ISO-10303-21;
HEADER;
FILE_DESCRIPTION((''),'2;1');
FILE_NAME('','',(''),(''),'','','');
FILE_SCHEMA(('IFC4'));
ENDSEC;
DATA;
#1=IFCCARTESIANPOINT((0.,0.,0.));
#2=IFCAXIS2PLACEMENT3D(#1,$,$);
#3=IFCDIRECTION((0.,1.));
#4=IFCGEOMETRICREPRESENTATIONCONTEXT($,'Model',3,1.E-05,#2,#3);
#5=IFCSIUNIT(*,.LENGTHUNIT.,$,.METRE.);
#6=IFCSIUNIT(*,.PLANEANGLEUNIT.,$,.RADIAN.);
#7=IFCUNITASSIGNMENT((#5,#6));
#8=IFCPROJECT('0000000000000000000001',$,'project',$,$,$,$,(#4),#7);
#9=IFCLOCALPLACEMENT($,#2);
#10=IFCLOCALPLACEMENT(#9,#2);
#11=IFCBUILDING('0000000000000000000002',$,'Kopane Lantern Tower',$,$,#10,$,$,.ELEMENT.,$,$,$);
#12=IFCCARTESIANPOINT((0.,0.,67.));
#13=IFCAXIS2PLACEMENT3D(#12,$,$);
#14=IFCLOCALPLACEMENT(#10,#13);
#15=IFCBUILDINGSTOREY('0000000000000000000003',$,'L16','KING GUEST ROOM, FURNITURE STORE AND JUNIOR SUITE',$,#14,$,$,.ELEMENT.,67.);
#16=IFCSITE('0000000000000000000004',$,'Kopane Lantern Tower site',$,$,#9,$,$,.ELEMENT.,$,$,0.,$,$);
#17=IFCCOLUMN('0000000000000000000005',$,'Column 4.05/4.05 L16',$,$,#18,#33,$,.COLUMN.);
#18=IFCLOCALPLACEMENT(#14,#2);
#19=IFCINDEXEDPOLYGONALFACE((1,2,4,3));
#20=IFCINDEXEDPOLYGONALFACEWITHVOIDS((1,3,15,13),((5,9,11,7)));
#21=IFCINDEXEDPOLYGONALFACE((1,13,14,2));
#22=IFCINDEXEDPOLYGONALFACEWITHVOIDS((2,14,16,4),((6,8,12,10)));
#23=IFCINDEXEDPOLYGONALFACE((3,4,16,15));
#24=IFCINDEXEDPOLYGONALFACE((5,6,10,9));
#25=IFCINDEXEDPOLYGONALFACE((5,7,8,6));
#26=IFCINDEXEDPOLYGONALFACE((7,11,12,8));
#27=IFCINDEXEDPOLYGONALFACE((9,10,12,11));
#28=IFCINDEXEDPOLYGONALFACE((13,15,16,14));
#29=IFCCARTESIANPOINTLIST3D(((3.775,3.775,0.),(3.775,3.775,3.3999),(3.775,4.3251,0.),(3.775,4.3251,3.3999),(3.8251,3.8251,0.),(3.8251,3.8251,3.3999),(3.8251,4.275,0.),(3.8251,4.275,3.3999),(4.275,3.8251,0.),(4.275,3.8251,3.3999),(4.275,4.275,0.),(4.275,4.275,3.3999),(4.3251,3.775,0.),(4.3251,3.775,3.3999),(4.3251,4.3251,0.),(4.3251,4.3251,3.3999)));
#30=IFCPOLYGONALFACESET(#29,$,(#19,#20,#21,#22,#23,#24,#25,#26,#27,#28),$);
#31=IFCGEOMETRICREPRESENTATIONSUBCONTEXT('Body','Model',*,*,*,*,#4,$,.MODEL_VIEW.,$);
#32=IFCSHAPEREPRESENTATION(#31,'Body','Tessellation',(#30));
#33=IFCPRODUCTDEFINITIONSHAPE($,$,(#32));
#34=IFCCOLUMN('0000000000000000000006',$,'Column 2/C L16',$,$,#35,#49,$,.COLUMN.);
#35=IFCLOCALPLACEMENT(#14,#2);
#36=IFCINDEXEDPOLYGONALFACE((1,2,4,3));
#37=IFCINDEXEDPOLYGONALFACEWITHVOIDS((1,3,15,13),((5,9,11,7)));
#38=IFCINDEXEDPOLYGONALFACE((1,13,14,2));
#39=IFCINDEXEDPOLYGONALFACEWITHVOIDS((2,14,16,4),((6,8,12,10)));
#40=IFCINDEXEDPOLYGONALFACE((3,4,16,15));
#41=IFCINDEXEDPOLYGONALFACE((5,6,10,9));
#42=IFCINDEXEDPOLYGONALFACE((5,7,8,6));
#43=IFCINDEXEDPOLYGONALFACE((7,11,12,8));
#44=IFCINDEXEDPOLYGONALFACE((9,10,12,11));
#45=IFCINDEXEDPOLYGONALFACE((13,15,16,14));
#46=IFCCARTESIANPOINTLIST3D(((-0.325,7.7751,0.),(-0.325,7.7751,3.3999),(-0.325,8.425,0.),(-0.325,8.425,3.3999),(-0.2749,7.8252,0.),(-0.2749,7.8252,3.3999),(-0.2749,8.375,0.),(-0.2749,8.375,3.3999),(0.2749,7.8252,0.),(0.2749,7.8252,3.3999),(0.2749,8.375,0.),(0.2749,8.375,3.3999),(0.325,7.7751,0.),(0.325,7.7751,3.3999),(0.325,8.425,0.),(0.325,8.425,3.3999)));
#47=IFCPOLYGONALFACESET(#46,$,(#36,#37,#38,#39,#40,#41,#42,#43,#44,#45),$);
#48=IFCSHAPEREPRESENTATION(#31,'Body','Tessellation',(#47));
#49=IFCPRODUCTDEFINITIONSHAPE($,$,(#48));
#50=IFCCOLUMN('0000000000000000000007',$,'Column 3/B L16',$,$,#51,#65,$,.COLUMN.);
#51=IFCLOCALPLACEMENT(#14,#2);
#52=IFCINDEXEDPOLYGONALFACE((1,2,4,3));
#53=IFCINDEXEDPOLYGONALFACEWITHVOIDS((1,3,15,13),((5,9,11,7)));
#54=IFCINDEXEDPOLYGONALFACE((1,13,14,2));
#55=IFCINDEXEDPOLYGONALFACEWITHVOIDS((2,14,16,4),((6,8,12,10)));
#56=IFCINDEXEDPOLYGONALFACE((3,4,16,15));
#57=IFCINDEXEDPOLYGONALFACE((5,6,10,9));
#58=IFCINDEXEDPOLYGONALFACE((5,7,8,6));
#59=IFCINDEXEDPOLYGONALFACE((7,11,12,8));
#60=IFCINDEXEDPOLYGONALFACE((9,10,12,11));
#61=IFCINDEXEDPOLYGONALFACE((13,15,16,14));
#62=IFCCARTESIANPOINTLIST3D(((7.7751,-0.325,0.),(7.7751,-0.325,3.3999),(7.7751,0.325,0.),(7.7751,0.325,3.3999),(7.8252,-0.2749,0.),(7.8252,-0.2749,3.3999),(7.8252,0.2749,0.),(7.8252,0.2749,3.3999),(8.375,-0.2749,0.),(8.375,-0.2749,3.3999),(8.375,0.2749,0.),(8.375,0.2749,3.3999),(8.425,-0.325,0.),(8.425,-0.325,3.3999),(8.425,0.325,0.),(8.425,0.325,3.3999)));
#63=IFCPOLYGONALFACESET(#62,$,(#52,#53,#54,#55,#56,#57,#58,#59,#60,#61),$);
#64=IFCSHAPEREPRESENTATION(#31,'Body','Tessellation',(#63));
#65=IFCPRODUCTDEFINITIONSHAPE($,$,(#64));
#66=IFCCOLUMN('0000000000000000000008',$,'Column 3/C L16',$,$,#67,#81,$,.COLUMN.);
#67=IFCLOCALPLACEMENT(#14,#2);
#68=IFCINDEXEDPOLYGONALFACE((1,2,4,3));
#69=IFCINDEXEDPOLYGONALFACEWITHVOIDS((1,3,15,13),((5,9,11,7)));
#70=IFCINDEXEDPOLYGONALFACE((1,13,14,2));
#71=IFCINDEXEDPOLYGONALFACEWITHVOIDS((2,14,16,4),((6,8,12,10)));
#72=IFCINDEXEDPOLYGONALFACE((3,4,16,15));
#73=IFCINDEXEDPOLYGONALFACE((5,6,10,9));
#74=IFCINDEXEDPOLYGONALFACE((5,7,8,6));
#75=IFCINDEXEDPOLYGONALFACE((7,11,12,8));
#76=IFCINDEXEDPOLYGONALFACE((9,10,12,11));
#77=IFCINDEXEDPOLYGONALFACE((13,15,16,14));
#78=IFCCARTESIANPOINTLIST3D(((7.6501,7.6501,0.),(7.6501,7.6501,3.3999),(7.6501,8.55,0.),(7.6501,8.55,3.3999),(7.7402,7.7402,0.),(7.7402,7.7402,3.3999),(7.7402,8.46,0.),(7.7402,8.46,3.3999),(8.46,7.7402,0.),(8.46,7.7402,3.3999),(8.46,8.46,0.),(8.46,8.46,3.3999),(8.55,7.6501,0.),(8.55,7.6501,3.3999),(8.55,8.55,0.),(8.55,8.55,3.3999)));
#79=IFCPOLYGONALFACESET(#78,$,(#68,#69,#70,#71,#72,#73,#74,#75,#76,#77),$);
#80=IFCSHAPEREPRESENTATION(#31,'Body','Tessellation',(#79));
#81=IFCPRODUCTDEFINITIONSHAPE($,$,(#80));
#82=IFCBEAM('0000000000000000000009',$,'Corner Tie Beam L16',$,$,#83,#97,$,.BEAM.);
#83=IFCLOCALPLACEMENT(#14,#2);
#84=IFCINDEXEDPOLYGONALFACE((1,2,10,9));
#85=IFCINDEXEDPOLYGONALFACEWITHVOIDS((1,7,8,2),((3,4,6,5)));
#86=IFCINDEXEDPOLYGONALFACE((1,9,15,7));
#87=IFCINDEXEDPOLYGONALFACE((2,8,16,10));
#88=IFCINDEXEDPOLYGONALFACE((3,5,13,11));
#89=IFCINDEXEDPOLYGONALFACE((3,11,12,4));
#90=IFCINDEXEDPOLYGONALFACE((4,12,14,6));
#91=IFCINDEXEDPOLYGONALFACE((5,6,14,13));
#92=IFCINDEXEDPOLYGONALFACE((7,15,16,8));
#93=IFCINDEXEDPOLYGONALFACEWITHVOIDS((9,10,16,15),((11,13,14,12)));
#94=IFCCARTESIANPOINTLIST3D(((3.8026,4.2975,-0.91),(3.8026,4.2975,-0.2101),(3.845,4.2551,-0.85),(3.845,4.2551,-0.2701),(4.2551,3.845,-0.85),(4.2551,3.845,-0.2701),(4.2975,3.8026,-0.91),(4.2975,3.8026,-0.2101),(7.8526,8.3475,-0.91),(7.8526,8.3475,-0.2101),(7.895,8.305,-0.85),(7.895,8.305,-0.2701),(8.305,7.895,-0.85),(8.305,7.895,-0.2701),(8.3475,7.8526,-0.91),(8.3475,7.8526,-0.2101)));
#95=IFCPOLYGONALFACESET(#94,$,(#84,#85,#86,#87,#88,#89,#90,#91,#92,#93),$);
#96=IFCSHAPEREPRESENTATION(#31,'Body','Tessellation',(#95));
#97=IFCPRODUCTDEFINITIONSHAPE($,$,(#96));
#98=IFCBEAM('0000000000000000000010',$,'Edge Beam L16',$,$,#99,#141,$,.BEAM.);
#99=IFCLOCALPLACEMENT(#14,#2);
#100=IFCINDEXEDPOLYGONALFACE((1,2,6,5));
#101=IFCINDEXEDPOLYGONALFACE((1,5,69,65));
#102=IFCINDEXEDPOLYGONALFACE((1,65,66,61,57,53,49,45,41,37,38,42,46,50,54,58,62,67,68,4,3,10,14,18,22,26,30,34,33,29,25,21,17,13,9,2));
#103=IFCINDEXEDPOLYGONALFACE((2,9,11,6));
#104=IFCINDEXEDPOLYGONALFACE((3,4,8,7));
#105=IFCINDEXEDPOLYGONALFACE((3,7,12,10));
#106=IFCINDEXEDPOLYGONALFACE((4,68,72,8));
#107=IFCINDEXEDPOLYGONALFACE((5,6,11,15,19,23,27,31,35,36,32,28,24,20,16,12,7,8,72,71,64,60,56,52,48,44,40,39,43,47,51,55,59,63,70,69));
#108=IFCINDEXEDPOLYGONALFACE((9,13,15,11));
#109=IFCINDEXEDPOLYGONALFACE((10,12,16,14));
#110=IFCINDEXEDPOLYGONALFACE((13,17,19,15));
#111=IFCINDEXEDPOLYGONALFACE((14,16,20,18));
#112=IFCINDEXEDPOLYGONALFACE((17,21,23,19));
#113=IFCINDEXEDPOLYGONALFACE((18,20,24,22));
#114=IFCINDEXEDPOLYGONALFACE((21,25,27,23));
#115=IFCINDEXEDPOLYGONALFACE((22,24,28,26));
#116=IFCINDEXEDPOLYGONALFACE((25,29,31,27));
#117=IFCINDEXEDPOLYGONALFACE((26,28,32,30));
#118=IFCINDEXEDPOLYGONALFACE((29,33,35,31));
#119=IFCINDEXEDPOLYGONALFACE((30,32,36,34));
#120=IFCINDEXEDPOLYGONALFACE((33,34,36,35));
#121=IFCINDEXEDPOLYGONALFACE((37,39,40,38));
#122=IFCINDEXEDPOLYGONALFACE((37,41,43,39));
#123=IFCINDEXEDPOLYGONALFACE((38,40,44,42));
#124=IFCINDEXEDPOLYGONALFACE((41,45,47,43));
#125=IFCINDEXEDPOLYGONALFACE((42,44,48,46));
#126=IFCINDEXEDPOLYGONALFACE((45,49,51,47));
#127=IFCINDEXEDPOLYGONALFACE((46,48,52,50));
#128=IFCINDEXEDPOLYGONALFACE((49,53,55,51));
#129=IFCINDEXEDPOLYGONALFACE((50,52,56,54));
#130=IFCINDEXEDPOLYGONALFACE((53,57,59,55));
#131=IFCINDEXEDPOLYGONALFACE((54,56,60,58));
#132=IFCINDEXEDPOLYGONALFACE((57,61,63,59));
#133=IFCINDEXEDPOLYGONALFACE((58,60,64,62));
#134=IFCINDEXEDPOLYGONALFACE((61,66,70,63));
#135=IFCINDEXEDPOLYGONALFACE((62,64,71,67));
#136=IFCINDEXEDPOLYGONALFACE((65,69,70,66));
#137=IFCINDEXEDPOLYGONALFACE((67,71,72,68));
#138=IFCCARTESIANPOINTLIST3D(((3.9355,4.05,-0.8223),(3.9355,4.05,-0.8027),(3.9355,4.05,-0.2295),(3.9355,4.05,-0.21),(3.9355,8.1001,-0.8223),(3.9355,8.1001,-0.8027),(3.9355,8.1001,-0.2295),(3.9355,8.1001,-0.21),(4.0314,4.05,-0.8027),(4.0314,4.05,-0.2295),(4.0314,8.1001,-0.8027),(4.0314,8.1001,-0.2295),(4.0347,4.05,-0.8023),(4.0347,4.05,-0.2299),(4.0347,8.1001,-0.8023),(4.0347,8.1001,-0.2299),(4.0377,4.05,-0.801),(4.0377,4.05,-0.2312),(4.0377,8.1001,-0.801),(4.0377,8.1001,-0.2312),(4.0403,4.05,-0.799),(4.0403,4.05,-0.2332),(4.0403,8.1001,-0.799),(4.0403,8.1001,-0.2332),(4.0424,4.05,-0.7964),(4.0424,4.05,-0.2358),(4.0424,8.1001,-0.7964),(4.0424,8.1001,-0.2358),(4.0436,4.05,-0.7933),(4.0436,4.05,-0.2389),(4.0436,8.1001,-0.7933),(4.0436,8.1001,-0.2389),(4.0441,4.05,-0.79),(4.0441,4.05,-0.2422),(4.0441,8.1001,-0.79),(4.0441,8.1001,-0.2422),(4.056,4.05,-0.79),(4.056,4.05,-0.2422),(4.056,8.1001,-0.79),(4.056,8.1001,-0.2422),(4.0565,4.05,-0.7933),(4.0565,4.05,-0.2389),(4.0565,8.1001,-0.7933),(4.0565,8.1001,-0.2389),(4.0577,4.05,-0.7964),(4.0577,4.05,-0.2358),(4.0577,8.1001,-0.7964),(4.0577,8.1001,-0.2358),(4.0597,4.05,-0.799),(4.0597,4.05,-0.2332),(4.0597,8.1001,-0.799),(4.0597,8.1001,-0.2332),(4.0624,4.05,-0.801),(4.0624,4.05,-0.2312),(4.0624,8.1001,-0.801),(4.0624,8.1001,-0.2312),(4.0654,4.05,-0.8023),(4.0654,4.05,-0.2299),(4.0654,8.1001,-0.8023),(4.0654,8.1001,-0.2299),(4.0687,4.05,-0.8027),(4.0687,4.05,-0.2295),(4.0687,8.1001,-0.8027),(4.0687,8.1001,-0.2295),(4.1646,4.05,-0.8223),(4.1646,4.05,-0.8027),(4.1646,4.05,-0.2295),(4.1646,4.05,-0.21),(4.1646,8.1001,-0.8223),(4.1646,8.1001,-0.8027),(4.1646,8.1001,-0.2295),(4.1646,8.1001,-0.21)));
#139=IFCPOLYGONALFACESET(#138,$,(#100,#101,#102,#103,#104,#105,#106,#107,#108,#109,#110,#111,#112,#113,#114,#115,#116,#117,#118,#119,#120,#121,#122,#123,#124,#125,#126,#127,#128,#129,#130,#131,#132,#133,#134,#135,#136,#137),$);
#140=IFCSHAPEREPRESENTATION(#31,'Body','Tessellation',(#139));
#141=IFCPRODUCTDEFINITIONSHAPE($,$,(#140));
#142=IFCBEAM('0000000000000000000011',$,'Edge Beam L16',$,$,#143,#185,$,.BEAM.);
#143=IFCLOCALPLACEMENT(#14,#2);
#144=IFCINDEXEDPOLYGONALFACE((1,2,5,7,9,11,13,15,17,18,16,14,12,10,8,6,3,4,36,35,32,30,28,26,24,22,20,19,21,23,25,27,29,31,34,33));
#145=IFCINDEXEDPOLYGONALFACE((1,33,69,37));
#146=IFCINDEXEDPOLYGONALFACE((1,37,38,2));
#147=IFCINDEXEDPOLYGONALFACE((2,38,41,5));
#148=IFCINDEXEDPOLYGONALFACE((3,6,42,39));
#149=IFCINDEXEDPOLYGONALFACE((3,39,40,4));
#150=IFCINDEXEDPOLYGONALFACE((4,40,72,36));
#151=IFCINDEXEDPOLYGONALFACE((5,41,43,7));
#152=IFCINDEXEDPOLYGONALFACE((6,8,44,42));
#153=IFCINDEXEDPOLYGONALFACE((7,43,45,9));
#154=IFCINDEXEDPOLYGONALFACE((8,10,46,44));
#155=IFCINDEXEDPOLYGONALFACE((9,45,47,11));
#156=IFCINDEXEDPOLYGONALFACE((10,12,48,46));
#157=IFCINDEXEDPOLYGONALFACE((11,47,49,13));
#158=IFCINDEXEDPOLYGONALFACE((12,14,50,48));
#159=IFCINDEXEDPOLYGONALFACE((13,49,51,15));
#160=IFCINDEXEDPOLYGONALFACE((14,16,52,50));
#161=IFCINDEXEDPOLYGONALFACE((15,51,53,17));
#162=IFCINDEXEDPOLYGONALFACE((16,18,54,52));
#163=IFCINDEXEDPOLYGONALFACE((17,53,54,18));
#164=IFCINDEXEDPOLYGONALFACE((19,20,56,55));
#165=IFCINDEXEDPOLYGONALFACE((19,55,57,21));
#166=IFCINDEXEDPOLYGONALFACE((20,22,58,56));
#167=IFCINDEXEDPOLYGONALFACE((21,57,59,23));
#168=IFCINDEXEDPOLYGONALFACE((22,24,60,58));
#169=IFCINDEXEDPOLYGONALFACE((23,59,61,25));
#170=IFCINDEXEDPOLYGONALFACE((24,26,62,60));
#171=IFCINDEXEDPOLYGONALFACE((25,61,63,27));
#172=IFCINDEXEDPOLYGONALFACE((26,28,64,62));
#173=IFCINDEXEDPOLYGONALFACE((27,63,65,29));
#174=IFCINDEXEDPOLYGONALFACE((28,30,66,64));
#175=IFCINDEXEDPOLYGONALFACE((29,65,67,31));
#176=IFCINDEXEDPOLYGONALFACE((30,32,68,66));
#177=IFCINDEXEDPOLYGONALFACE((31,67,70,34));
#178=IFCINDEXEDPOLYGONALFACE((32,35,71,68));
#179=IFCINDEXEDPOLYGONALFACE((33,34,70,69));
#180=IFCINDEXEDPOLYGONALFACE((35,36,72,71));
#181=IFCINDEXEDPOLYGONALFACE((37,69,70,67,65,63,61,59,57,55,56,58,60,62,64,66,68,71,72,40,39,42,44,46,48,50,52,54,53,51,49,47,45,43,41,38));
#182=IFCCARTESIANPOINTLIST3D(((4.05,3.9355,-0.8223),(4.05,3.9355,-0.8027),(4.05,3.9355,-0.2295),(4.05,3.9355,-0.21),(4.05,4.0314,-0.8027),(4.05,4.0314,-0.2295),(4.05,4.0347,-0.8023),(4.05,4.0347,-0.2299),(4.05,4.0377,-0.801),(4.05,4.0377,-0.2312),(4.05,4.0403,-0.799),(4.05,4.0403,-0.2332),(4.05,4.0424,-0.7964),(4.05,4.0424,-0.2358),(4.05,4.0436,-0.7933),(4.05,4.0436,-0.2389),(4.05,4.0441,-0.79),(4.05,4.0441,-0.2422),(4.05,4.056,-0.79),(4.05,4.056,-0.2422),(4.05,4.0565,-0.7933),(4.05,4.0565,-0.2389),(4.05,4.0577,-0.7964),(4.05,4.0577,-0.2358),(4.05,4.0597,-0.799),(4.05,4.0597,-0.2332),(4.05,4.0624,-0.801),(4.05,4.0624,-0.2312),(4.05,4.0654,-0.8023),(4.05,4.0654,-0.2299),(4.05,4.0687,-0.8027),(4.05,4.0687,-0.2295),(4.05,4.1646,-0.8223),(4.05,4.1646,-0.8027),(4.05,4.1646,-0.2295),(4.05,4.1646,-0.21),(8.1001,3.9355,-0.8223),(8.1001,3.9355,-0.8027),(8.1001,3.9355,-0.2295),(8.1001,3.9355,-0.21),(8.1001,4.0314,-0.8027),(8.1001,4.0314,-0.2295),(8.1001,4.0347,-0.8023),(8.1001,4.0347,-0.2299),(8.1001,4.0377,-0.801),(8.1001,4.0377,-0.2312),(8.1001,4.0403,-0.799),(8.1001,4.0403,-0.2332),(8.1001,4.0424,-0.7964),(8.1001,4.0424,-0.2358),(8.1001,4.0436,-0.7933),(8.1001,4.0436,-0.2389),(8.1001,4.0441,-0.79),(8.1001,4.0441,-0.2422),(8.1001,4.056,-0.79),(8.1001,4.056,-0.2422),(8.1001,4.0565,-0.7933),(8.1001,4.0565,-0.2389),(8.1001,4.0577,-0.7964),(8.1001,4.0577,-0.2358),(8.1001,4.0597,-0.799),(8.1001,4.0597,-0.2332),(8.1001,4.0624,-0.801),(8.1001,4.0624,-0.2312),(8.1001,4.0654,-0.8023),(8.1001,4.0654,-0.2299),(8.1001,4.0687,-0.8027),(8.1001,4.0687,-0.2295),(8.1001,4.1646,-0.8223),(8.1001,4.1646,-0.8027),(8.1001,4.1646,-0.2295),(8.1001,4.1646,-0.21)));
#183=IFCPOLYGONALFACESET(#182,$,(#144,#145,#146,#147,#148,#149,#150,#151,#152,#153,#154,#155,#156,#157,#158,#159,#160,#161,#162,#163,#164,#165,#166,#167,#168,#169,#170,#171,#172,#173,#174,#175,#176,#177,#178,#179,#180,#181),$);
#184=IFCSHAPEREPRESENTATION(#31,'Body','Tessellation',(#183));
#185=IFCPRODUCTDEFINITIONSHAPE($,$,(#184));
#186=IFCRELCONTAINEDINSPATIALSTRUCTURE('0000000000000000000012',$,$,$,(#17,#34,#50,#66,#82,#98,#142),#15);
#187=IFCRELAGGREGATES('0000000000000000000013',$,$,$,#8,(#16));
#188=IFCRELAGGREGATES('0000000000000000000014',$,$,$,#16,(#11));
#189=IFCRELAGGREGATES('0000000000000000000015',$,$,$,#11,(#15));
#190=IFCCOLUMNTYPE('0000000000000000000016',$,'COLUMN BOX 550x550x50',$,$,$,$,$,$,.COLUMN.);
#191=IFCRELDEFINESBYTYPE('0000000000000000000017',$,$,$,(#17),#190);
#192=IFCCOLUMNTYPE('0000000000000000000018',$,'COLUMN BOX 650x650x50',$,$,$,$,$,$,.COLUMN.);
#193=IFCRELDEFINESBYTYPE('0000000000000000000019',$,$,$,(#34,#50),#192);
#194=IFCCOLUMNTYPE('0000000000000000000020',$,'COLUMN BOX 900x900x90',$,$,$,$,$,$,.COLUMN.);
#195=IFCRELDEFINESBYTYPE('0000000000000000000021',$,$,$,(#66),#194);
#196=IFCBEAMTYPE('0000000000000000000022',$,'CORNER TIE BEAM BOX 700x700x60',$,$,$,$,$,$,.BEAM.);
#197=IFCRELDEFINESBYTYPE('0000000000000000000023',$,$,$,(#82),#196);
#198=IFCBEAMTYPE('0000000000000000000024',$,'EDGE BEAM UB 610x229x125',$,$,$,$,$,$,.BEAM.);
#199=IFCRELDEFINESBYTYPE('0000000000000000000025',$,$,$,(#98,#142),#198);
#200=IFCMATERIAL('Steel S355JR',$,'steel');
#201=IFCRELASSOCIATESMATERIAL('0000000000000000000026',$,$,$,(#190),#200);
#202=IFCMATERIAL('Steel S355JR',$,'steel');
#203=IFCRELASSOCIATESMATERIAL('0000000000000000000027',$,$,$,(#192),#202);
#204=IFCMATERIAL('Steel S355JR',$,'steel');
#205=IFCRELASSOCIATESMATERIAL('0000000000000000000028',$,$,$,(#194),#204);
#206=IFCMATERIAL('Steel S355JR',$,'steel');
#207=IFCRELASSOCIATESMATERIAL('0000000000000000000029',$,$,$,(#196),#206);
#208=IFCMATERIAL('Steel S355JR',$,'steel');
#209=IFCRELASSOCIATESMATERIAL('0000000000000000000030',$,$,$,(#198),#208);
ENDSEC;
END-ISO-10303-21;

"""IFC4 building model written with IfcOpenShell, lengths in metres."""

from ifc_helpers import new_model, si_unit, direction, frame, origin, origin_2d, place, context, subcontext, project, spatial, hollow_rectangle, i_section, extrude, material, material_profile, profile_set, type_object, element, save


model = new_model("IFC4")

# Units and contexts
model_context = context("Model", 3, precision=1e-05, world=origin(), true_north=direction((0.0, 1.0)))
body_context = subcontext(model_context, "Body", "Model", "MODEL_VIEW")
ifc_project = project(units=[si_unit("LENGTHUNIT", "METRE"), si_unit("PLANEANGLEUNIT", "RADIAN")], contexts=[model_context])

# Site, building, storey
site_placement = place(None, origin())
site = spatial("IfcSite", under=ifc_project, at=site_placement, Name="Kopane Lantern Tower site", CompositionType="ELEMENT", RefElevation=0.0)
building_placement = place(site_placement, origin())
building = spatial("IfcBuilding", under=site, at=building_placement, Name="Kopane Lantern Tower", CompositionType="ELEMENT")
storey_placement = place(building_placement, frame((0.0, 0.0, 67.0)))
storey = spatial("IfcBuildingStorey", under=building, at=storey_placement, Name="L16", Description="KING GUEST ROOM, FURNITURE STORE AND JUNIOR SUITE", CompositionType="ELEMENT", Elevation=67.0)

# Columns
ifc_material_1 = material(Name="Steel S355JR", Category="steel")
ifc_material_profile_1 = material_profile(ifc_material_1, hollow_rectangle(XDim=0.55, YDim=0.55, WallThickness=0.05, at=origin_2d()), Name="BOX 550x550x50")
ifc_profile_set_1 = profile_set([ifc_material_profile_1], Name="Steel S355JR")
column_type_1 = type_object("IfcColumnType", Name="COLUMN BOX 550x550x50", PredefinedType="COLUMN", material=ifc_profile_set_1)
column_1_placement = place(storey_placement, frame((4.05, 4.05, 0.0), z_axis=(0.0, 0.0, 1.0), x_axis=(1.0, 0.0, 0.0)))
element("IfcColumn", 1, at=column_1_placement, inside=storey, type_object=column_type_1, Name="Column 4.05/4.05 L16", PredefinedType="COLUMN", context=body_context, shape_type="SweptSolid", body=[
    extrude(hollow_rectangle(XDim=0.55, YDim=0.55, WallThickness=0.05, at=origin_2d()), origin(), (0.0, 0.0, 1.0), 3.3999),
])
ifc_material_2 = material(Name="Steel S355JR", Category="steel")
ifc_material_profile_2 = material_profile(ifc_material_2, hollow_rectangle(XDim=0.6499, YDim=0.6499, WallThickness=0.05, at=origin_2d()), Name="BOX 650x650x50")
ifc_profile_set_2 = profile_set([ifc_material_profile_2], Name="Steel S355JR")
column_type_2 = type_object("IfcColumnType", Name="COLUMN BOX 650x650x50", PredefinedType="COLUMN", material=ifc_profile_set_2)
for number, where, z_axis, x_axis, name in (
    (2, (0.0, 8.1001, 0.0), (0.0, 0.0, 1.0), (1.0, 0.0, 0.0), "Column 2/C L16"),
    (3, (8.1001, 0.0, 0.0), (0.0, 0.0, 1.0), (1.0, 0.0, 0.0), "Column 3/B L16"),
):
    element("IfcColumn", number, at=place(storey_placement, frame(where, z_axis=z_axis, x_axis=x_axis)), inside=storey, type_object=column_type_2, Name=name, PredefinedType="COLUMN", context=body_context, shape_type="SweptSolid", body=[
        extrude(hollow_rectangle(XDim=0.6499, YDim=0.6499, WallThickness=0.05, at=origin_2d()), origin(), (0.0, 0.0, 1.0), 3.3999),
    ])
ifc_material_3 = material(Name="Steel S355JR", Category="steel")
ifc_material_profile_3 = material_profile(ifc_material_3, hollow_rectangle(XDim=0.8999, YDim=0.8999, WallThickness=0.0901, at=origin_2d()), Name="BOX 900x900x90")
ifc_profile_set_3 = profile_set([ifc_material_profile_3], Name="Steel S355JR")
column_type_3 = type_object("IfcColumnType", Name="COLUMN BOX 900x900x90", PredefinedType="COLUMN", material=ifc_profile_set_3)
column_2_placement = place(storey_placement, frame((8.1001, 8.1001, 0.0), z_axis=(0.0, 0.0, 1.0), x_axis=(1.0, 0.0, 0.0)))
element("IfcColumn", 4, at=column_2_placement, inside=storey, type_object=column_type_3, Name="Column 3/C L16", PredefinedType="COLUMN", context=body_context, shape_type="SweptSolid", body=[
    extrude(hollow_rectangle(XDim=0.8999, YDim=0.8999, WallThickness=0.0901, at=origin_2d()), origin(), (0.0, 0.0, 1.0), 3.3999),
])

# Beams
ifc_material_4 = material(Name="Steel S355JR", Category="steel")
ifc_material_profile_4 = material_profile(ifc_material_4, hollow_rectangle(XDim=0.7, YDim=0.7, WallThickness=0.0601, at=origin_2d()), Name="BOX 700x700x60")
ifc_profile_set_4 = profile_set([ifc_material_profile_4], Name="Steel S355JR")
beam_type_1 = type_object("IfcBeamType", Name="CORNER TIE BEAM BOX 700x700x60", PredefinedType="BEAM", material=ifc_profile_set_4)
beam_1_placement = place(storey_placement, frame((4.05, 4.05, -0.5601), z_axis=(0.707107, 0.707107, 0.0), x_axis=(-0.707107, 0.707107, 0.0)))
element("IfcBeam", 5, at=beam_1_placement, inside=storey, type_object=beam_type_1, Name="Corner Tie Beam L16", PredefinedType="BEAM", context=body_context, shape_type="SweptSolid", body=[
    extrude(hollow_rectangle(XDim=0.7, YDim=0.7, WallThickness=0.0601, at=origin_2d()), origin(), (0.0, 0.0, 1.0), 5.7275),
])
ifc_material_5 = material(Name="Steel S355JR", Category="steel")
ifc_material_profile_5 = material_profile(ifc_material_5, i_section(OverallWidth=0.229, OverallDepth=0.6123, WebThickness=0.012, FlangeThickness=0.0195, FilletRadius=0.0127, at=origin_2d()), Name="UB 610x229x125")
ifc_profile_set_5 = profile_set([ifc_material_profile_5], Name="Steel S355JR")
beam_type_2 = type_object("IfcBeamType", Name="EDGE BEAM UB 610x229x125", PredefinedType="BEAM", material=ifc_profile_set_5)
for number, where, z_axis, x_axis, name in (
    (6, (4.05, 4.05, -0.5161), (0.0, 1.0, 0.0), (-1.0, 0.0, 0.0), "Edge Beam L16"),
    (7, (4.05, 4.05, -0.5161), (1.0, 0.0, 0.0), (0.0, 1.0, 0.0), "Edge Beam L16"),
):
    element("IfcBeam", number, at=place(storey_placement, frame(where, z_axis=z_axis, x_axis=x_axis)), inside=storey, type_object=beam_type_2, Name=name, PredefinedType="BEAM", context=body_context, shape_type="SweptSolid", body=[
        extrude(i_section(OverallWidth=0.229, OverallDepth=0.6123, WebThickness=0.012, FlangeThickness=0.0195, FilletRadius=0.0127, at=origin_2d()), origin(), (0.0, 0.0, 1.0), 4.05),
    ])

save(model, "model.ifc")
